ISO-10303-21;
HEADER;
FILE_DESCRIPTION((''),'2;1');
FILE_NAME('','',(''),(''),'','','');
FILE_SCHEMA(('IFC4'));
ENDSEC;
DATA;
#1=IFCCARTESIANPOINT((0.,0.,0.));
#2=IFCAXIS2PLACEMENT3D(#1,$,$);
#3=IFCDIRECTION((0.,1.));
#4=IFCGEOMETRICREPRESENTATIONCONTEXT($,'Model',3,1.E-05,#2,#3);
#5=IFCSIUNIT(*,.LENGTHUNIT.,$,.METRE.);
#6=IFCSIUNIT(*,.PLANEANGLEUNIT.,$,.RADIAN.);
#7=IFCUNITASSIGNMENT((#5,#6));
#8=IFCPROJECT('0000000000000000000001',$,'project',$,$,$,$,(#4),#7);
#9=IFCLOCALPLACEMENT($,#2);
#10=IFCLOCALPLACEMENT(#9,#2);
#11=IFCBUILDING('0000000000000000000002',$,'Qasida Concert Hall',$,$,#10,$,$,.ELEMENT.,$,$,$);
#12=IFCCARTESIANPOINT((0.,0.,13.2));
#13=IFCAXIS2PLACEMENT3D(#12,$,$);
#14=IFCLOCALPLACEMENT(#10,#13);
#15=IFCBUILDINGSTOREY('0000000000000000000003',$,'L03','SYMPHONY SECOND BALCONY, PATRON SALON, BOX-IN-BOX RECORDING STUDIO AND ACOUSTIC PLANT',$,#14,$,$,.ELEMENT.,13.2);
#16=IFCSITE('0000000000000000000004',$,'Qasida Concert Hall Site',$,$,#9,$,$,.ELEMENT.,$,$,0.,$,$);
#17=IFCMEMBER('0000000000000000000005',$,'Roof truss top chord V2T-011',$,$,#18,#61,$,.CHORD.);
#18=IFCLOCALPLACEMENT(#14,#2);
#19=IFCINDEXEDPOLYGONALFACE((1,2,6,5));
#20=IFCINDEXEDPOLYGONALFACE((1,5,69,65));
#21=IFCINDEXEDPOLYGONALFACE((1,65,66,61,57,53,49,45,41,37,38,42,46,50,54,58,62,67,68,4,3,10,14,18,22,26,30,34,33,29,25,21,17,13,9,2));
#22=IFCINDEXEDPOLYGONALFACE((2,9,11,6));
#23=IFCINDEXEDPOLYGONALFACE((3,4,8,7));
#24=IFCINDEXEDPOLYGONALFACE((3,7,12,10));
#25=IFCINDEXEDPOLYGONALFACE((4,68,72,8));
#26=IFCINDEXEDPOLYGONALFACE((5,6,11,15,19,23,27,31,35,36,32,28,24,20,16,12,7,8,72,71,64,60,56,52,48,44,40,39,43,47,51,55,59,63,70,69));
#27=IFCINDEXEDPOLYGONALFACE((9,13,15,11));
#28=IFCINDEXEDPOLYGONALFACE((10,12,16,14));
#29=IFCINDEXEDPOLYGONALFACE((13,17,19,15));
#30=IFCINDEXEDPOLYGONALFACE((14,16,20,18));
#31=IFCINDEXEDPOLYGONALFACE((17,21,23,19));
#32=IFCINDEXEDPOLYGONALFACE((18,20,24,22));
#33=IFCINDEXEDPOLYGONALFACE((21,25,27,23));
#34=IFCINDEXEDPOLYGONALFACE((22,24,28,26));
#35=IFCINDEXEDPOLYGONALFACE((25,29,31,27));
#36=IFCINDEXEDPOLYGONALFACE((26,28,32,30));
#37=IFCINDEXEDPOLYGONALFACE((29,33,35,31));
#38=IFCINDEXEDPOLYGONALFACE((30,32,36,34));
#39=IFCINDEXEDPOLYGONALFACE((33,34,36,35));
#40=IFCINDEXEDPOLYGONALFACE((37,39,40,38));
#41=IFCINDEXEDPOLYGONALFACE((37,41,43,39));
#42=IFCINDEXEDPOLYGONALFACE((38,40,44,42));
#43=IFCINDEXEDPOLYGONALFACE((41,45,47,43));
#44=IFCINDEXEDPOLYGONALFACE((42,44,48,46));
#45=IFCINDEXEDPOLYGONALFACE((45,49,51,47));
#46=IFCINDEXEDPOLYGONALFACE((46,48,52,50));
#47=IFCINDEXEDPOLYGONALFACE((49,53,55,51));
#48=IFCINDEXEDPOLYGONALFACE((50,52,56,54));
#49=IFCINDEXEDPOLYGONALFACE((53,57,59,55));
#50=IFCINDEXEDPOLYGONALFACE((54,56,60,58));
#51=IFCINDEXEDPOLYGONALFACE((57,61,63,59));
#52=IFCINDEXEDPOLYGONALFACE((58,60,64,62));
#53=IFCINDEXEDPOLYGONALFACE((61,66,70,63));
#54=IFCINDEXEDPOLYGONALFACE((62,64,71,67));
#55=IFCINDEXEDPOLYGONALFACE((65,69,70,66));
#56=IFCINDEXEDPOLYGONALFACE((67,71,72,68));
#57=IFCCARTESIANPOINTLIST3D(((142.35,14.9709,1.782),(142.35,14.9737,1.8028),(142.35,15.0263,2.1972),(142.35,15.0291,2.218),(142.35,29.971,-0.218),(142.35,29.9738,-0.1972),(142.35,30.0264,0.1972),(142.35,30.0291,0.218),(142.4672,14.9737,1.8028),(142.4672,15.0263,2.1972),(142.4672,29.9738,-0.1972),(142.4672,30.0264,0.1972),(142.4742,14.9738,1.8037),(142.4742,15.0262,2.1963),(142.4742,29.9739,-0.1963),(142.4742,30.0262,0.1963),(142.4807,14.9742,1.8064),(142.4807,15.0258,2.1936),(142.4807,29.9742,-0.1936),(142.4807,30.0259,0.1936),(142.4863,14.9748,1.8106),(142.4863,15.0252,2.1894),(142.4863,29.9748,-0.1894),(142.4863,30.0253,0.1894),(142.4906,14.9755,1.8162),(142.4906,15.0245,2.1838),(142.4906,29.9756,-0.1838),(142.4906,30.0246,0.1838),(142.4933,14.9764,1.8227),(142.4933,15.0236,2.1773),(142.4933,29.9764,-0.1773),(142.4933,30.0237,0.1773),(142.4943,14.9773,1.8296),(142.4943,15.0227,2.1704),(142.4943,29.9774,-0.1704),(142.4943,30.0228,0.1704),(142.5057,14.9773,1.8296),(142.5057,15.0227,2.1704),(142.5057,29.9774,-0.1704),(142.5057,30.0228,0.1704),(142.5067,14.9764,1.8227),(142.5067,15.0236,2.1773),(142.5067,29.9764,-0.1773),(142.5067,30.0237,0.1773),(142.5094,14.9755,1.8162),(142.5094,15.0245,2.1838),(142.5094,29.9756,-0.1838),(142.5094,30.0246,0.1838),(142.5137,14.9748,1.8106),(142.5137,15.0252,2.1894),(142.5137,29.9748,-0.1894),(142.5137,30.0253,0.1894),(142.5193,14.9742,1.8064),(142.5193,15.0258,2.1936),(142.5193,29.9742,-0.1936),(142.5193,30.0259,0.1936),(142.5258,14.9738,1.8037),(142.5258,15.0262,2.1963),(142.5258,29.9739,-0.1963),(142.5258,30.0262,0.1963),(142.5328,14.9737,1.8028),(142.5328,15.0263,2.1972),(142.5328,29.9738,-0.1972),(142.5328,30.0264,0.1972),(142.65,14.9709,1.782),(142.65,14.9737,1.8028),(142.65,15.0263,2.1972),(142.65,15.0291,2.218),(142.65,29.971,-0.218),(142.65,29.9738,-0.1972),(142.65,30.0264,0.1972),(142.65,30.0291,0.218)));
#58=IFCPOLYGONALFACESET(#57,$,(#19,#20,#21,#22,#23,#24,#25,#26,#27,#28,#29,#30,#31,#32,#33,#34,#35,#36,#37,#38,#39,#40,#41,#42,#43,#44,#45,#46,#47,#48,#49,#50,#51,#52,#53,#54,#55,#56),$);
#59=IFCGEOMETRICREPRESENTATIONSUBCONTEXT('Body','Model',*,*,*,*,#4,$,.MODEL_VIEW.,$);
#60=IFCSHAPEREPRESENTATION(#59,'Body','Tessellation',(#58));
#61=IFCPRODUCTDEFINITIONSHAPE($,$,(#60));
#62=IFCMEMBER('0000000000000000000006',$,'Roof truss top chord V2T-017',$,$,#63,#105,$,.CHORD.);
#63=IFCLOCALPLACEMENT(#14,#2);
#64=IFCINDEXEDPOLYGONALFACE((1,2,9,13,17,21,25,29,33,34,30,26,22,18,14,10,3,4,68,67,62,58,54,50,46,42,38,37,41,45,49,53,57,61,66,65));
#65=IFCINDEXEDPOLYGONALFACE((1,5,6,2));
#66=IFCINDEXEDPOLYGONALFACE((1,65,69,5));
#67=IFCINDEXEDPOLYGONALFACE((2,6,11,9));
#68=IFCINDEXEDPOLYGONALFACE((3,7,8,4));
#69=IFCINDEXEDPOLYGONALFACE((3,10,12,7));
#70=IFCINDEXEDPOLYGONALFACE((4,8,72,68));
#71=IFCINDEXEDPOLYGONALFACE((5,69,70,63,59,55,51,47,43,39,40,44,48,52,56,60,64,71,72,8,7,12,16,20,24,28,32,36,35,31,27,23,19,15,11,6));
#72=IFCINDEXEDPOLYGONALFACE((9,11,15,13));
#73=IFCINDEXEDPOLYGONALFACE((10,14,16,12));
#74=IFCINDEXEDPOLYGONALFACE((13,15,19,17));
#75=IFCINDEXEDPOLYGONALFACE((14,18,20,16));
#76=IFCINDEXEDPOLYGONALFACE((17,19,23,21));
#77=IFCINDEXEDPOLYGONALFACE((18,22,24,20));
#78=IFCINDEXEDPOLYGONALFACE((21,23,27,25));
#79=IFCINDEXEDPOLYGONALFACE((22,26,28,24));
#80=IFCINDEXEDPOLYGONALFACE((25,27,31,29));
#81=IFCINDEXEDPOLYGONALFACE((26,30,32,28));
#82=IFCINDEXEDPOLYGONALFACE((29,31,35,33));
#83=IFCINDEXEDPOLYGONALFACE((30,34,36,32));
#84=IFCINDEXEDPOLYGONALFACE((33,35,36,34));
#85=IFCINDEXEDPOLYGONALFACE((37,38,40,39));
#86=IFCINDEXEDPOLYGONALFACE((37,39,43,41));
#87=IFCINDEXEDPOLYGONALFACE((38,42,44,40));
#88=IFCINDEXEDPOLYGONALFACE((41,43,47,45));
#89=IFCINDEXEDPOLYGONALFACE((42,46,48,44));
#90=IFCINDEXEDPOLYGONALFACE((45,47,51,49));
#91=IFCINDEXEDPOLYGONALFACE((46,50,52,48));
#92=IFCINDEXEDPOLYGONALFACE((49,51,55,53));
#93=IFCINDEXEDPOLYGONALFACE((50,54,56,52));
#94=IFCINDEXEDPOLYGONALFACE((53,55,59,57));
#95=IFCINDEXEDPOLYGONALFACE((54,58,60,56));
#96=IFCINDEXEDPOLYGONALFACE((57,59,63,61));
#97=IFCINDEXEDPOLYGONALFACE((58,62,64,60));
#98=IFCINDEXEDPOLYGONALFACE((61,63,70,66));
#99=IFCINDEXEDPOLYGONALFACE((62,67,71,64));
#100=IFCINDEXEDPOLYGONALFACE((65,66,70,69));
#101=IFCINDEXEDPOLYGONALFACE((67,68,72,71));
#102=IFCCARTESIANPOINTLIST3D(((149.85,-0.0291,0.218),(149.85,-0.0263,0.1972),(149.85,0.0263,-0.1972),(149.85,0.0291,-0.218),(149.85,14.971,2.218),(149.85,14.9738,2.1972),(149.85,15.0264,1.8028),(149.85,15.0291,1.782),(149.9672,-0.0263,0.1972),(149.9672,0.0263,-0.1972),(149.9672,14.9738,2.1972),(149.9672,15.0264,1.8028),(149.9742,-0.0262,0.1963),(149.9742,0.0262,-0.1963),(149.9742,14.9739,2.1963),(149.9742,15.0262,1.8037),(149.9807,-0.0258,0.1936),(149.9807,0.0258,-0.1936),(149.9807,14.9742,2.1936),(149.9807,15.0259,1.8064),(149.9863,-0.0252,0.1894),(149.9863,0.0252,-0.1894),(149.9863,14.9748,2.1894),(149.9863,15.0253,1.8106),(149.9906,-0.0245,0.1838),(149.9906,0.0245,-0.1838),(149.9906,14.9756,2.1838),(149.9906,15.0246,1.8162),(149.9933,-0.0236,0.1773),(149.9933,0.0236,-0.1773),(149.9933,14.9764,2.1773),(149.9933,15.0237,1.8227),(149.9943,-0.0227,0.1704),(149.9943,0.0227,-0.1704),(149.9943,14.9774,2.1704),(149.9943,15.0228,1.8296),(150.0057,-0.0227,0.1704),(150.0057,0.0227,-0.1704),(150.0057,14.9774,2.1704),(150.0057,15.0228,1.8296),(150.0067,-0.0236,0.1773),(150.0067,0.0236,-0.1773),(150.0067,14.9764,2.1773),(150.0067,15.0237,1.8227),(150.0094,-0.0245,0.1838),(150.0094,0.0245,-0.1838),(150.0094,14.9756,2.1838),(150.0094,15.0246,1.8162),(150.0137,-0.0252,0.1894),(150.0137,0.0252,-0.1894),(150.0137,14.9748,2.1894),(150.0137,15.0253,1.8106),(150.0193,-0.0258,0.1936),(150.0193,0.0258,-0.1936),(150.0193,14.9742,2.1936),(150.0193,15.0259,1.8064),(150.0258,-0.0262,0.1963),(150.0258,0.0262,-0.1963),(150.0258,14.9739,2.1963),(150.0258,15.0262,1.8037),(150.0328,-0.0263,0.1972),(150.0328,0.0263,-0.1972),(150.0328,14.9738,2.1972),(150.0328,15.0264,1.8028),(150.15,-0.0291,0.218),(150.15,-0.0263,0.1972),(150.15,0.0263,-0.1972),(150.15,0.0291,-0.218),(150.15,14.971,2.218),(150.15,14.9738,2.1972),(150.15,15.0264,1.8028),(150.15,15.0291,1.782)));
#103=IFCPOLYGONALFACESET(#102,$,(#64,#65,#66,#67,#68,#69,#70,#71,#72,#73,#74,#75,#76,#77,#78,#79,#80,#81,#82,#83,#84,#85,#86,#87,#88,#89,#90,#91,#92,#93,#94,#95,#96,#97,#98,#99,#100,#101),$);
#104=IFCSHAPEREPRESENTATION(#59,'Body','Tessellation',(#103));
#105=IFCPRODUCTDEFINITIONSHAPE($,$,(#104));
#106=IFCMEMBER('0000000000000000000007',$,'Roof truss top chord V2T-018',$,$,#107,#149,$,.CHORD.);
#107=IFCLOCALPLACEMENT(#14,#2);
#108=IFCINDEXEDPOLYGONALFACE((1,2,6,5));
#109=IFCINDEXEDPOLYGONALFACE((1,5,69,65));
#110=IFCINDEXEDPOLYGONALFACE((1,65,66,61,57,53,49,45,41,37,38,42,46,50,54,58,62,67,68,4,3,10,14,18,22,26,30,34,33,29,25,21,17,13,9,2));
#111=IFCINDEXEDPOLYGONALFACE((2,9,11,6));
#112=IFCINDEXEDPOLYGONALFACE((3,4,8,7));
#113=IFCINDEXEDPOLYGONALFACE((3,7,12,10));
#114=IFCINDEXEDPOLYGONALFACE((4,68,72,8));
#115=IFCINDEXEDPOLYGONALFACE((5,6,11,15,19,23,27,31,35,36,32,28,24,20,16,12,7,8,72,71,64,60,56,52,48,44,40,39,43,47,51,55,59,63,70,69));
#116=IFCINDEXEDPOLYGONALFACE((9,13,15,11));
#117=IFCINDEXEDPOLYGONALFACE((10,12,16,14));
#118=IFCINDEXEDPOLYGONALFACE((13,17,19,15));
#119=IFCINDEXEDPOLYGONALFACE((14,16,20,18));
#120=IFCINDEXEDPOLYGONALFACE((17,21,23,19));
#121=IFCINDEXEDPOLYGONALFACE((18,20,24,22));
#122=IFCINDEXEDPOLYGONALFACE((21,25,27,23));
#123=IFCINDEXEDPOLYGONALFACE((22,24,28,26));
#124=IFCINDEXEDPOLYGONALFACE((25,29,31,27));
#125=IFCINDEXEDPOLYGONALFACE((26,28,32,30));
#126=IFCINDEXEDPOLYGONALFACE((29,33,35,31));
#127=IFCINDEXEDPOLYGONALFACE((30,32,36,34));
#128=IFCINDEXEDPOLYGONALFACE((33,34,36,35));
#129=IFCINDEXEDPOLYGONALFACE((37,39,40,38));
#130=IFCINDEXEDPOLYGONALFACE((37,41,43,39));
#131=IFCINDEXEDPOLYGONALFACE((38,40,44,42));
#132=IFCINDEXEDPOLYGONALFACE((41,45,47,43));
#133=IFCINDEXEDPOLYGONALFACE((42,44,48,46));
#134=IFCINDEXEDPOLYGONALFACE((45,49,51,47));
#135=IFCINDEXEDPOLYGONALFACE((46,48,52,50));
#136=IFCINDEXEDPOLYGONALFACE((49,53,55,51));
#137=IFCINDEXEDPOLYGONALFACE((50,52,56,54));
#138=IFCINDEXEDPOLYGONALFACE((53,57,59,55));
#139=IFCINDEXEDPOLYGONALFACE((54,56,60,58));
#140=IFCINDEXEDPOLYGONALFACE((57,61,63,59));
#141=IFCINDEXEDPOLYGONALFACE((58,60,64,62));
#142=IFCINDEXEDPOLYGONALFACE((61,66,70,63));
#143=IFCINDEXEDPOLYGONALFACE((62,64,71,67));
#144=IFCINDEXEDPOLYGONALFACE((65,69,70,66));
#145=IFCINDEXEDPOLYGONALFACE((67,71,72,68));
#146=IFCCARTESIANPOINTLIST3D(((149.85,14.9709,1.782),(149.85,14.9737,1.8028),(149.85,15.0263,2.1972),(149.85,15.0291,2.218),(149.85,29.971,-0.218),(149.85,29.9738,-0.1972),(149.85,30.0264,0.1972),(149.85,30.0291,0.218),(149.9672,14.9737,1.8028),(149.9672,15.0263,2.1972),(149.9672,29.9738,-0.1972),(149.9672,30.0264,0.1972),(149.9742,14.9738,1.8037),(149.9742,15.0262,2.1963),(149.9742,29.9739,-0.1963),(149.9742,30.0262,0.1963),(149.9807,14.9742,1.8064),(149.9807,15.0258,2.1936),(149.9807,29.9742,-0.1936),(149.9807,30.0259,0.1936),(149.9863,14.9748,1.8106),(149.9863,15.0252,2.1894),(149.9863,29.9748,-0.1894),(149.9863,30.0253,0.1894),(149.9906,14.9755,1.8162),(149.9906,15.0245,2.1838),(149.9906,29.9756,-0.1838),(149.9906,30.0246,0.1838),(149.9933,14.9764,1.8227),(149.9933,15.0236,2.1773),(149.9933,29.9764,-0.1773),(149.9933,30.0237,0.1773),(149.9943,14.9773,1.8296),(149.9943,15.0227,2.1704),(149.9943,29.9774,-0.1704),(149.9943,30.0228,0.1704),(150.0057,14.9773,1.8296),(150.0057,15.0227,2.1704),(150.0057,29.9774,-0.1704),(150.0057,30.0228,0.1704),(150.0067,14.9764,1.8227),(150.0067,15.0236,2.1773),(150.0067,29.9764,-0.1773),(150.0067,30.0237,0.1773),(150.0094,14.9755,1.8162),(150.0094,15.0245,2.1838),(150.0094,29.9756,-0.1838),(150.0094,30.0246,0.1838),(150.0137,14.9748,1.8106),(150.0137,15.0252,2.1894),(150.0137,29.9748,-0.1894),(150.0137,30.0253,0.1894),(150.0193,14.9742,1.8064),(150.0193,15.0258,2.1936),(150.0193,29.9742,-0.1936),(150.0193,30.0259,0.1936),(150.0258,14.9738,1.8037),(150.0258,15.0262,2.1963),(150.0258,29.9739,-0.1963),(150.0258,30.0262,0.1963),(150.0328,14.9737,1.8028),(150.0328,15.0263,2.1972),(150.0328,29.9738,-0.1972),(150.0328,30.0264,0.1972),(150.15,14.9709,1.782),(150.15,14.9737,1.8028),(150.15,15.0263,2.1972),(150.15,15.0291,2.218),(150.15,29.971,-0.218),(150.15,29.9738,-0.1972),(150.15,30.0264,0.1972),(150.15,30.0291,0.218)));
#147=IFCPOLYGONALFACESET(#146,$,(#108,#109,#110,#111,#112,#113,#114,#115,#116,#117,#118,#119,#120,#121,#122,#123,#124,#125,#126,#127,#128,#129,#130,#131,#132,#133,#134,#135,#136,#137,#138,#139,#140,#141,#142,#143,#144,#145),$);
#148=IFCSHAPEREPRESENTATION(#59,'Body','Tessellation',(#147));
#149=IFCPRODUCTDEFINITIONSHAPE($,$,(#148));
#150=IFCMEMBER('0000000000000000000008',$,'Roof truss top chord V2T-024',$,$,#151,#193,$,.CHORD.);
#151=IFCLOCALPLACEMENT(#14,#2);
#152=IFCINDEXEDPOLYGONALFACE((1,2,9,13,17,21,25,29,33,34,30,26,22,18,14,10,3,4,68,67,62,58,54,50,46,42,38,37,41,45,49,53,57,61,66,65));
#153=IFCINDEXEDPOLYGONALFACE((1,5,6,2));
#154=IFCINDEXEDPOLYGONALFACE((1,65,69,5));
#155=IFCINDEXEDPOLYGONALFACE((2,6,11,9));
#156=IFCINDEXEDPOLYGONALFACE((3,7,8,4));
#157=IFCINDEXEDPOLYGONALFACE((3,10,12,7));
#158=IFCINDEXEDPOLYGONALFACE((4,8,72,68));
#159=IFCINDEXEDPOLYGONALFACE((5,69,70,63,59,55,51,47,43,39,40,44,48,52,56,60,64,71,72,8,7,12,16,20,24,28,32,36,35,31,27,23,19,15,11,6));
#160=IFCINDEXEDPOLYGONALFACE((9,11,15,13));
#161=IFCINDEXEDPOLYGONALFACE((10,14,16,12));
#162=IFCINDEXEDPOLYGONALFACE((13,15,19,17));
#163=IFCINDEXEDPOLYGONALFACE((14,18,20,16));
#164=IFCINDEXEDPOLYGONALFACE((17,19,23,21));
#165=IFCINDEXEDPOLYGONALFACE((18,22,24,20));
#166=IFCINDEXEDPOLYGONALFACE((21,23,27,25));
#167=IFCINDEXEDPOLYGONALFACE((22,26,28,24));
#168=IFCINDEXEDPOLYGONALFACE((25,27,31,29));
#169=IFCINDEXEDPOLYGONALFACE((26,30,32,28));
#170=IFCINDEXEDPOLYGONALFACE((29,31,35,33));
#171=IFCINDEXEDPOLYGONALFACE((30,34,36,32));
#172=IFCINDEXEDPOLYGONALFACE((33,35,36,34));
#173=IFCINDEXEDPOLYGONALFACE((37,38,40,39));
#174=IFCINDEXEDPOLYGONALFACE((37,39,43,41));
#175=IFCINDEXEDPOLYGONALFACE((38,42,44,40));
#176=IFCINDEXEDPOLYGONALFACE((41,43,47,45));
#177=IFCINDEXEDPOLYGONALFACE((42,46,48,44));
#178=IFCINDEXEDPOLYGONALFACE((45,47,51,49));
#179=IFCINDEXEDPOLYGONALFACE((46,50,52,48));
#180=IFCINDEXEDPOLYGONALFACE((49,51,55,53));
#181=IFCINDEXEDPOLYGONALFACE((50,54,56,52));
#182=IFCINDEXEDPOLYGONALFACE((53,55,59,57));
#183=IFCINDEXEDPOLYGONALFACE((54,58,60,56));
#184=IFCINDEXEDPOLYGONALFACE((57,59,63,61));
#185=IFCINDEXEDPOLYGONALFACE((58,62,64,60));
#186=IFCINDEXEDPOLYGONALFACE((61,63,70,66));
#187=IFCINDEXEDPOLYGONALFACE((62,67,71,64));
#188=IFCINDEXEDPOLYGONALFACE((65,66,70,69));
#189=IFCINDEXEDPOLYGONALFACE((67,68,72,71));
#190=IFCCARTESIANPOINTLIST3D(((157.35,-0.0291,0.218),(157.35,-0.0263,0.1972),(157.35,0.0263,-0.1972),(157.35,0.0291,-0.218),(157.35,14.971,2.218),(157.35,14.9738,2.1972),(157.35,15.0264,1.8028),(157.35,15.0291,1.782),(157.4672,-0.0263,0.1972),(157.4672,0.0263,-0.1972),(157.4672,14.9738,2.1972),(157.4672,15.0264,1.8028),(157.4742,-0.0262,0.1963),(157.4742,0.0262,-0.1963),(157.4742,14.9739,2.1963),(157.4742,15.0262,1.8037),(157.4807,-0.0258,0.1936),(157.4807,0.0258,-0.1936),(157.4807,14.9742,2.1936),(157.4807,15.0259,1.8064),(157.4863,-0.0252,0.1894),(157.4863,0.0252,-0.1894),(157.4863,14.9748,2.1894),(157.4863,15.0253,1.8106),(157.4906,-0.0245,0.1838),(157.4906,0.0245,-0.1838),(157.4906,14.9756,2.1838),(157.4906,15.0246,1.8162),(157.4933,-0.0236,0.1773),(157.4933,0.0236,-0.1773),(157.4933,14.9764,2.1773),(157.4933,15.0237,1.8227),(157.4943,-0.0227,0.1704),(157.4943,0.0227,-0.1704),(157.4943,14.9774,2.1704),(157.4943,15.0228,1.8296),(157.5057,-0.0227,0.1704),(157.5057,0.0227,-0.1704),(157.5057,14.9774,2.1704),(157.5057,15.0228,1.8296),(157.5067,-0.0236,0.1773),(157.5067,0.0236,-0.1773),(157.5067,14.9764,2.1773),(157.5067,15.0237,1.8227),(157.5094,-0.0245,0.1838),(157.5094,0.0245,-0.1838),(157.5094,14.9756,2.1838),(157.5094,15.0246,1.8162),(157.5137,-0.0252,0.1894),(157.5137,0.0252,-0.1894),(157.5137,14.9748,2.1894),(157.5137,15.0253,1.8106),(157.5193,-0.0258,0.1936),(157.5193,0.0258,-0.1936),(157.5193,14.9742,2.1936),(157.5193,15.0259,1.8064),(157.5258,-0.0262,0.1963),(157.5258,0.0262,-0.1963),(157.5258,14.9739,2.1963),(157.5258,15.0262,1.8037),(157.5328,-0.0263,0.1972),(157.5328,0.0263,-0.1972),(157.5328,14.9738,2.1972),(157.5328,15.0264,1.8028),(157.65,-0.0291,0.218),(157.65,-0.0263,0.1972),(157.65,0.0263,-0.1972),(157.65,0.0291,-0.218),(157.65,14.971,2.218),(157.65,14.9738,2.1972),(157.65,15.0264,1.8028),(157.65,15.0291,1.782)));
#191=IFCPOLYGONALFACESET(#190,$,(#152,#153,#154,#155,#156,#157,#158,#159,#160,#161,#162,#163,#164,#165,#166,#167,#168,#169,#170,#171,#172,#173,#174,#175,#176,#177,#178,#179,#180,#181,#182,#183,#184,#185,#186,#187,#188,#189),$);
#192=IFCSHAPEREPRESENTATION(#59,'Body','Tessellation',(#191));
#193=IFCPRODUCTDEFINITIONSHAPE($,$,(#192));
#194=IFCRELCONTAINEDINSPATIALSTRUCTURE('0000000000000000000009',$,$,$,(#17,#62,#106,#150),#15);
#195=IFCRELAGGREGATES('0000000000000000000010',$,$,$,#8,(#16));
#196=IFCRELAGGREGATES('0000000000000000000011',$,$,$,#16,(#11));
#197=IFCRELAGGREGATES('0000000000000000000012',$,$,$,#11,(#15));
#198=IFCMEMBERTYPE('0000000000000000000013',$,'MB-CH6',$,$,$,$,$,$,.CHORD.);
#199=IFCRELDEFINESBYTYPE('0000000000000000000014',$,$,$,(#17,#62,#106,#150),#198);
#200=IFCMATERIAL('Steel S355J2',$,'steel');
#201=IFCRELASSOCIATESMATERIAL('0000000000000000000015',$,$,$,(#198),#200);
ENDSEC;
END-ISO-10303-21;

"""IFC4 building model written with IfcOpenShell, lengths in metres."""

from ifc_helpers import new_model, si_unit, direction, frame, origin, origin_2d, place, context, subcontext, project, spatial, i_section, extrude, material, material_profile, profile_set, type_object, element, save


model = new_model("IFC4")

# Units and contexts
model_context = context("Model", 3, precision=1e-05, world=origin(), true_north=direction((0.0, 1.0)))
body_context = subcontext(model_context, "Body", "Model", "MODEL_VIEW")
ifc_project = project(units=[si_unit("LENGTHUNIT", "METRE"), si_unit("PLANEANGLEUNIT", "RADIAN")], contexts=[model_context])

# Site, building, storey
site_placement = place(None, origin())
site = spatial("IfcSite", under=ifc_project, at=site_placement, Name="Qasida Concert Hall Site", CompositionType="ELEMENT", RefElevation=0.0)
building_placement = place(site_placement, origin())
building = spatial("IfcBuilding", under=site, at=building_placement, Name="Qasida Concert Hall", CompositionType="ELEMENT")
storey_placement = place(building_placement, frame((0.0, 0.0, 13.2)))
storey = spatial("IfcBuildingStorey", under=building, at=storey_placement, Name="L03", Description="SYMPHONY SECOND BALCONY, PATRON SALON, BOX-IN-BOX RECORDING STUDIO AND ACOUSTIC PLANT", CompositionType="ELEMENT", Elevation=13.2)

# Members
ifc_material_1 = material(Name="Steel S355J2", Category="steel")
ifc_material_profile_1 = material_profile(ifc_material_1, i_section(OverallWidth=0.3, OverallDepth=0.4399, WebThickness=0.0115, FlangeThickness=0.021, FilletRadius=0.0271, at=origin_2d()), Name="HEA 450")
ifc_profile_set_1 = profile_set([ifc_material_profile_1], Name="Steel S355J2")
member_type_1 = type_object("IfcMemberType", Name="MB-CH6", PredefinedType="CHORD", material=ifc_profile_set_1)
for number, where, z_axis, x_axis, name in (
    (1, (142.5, 15.0, 2.0), (0.0, 0.991228, -0.132164), (-1.0, 0.0, 0.0), "Roof truss top chord V2T-011"),
    (2, (150.0, 0.0, 0.0), (0.0, 0.991228, 0.132164), (-1.0, 0.0, 0.0), "Roof truss top chord V2T-017"),
    (3, (150.0, 15.0, 2.0), (0.0, 0.991228, -0.132164), (-1.0, 0.0, 0.0), "Roof truss top chord V2T-018"),
    (4, (157.5, 0.0, 0.0), (0.0, 0.991228, 0.132164), (-1.0, 0.0, 0.0), "Roof truss top chord V2T-024"),
):
    element("IfcMember", number, at=place(storey_placement, frame(where, z_axis=z_axis, x_axis=x_axis)), inside=storey, type_object=member_type_1, Name=name, PredefinedType="CHORD", context=body_context, shape_type="SweptSolid", body=[
        extrude(i_section(OverallWidth=0.3, OverallDepth=0.4399, WebThickness=0.0115, FlangeThickness=0.021, FilletRadius=0.0271, at=origin_2d()), origin(), (0.0, 0.0, 1.0), 15.1328),
    ])

save(model, "model.ifc")
